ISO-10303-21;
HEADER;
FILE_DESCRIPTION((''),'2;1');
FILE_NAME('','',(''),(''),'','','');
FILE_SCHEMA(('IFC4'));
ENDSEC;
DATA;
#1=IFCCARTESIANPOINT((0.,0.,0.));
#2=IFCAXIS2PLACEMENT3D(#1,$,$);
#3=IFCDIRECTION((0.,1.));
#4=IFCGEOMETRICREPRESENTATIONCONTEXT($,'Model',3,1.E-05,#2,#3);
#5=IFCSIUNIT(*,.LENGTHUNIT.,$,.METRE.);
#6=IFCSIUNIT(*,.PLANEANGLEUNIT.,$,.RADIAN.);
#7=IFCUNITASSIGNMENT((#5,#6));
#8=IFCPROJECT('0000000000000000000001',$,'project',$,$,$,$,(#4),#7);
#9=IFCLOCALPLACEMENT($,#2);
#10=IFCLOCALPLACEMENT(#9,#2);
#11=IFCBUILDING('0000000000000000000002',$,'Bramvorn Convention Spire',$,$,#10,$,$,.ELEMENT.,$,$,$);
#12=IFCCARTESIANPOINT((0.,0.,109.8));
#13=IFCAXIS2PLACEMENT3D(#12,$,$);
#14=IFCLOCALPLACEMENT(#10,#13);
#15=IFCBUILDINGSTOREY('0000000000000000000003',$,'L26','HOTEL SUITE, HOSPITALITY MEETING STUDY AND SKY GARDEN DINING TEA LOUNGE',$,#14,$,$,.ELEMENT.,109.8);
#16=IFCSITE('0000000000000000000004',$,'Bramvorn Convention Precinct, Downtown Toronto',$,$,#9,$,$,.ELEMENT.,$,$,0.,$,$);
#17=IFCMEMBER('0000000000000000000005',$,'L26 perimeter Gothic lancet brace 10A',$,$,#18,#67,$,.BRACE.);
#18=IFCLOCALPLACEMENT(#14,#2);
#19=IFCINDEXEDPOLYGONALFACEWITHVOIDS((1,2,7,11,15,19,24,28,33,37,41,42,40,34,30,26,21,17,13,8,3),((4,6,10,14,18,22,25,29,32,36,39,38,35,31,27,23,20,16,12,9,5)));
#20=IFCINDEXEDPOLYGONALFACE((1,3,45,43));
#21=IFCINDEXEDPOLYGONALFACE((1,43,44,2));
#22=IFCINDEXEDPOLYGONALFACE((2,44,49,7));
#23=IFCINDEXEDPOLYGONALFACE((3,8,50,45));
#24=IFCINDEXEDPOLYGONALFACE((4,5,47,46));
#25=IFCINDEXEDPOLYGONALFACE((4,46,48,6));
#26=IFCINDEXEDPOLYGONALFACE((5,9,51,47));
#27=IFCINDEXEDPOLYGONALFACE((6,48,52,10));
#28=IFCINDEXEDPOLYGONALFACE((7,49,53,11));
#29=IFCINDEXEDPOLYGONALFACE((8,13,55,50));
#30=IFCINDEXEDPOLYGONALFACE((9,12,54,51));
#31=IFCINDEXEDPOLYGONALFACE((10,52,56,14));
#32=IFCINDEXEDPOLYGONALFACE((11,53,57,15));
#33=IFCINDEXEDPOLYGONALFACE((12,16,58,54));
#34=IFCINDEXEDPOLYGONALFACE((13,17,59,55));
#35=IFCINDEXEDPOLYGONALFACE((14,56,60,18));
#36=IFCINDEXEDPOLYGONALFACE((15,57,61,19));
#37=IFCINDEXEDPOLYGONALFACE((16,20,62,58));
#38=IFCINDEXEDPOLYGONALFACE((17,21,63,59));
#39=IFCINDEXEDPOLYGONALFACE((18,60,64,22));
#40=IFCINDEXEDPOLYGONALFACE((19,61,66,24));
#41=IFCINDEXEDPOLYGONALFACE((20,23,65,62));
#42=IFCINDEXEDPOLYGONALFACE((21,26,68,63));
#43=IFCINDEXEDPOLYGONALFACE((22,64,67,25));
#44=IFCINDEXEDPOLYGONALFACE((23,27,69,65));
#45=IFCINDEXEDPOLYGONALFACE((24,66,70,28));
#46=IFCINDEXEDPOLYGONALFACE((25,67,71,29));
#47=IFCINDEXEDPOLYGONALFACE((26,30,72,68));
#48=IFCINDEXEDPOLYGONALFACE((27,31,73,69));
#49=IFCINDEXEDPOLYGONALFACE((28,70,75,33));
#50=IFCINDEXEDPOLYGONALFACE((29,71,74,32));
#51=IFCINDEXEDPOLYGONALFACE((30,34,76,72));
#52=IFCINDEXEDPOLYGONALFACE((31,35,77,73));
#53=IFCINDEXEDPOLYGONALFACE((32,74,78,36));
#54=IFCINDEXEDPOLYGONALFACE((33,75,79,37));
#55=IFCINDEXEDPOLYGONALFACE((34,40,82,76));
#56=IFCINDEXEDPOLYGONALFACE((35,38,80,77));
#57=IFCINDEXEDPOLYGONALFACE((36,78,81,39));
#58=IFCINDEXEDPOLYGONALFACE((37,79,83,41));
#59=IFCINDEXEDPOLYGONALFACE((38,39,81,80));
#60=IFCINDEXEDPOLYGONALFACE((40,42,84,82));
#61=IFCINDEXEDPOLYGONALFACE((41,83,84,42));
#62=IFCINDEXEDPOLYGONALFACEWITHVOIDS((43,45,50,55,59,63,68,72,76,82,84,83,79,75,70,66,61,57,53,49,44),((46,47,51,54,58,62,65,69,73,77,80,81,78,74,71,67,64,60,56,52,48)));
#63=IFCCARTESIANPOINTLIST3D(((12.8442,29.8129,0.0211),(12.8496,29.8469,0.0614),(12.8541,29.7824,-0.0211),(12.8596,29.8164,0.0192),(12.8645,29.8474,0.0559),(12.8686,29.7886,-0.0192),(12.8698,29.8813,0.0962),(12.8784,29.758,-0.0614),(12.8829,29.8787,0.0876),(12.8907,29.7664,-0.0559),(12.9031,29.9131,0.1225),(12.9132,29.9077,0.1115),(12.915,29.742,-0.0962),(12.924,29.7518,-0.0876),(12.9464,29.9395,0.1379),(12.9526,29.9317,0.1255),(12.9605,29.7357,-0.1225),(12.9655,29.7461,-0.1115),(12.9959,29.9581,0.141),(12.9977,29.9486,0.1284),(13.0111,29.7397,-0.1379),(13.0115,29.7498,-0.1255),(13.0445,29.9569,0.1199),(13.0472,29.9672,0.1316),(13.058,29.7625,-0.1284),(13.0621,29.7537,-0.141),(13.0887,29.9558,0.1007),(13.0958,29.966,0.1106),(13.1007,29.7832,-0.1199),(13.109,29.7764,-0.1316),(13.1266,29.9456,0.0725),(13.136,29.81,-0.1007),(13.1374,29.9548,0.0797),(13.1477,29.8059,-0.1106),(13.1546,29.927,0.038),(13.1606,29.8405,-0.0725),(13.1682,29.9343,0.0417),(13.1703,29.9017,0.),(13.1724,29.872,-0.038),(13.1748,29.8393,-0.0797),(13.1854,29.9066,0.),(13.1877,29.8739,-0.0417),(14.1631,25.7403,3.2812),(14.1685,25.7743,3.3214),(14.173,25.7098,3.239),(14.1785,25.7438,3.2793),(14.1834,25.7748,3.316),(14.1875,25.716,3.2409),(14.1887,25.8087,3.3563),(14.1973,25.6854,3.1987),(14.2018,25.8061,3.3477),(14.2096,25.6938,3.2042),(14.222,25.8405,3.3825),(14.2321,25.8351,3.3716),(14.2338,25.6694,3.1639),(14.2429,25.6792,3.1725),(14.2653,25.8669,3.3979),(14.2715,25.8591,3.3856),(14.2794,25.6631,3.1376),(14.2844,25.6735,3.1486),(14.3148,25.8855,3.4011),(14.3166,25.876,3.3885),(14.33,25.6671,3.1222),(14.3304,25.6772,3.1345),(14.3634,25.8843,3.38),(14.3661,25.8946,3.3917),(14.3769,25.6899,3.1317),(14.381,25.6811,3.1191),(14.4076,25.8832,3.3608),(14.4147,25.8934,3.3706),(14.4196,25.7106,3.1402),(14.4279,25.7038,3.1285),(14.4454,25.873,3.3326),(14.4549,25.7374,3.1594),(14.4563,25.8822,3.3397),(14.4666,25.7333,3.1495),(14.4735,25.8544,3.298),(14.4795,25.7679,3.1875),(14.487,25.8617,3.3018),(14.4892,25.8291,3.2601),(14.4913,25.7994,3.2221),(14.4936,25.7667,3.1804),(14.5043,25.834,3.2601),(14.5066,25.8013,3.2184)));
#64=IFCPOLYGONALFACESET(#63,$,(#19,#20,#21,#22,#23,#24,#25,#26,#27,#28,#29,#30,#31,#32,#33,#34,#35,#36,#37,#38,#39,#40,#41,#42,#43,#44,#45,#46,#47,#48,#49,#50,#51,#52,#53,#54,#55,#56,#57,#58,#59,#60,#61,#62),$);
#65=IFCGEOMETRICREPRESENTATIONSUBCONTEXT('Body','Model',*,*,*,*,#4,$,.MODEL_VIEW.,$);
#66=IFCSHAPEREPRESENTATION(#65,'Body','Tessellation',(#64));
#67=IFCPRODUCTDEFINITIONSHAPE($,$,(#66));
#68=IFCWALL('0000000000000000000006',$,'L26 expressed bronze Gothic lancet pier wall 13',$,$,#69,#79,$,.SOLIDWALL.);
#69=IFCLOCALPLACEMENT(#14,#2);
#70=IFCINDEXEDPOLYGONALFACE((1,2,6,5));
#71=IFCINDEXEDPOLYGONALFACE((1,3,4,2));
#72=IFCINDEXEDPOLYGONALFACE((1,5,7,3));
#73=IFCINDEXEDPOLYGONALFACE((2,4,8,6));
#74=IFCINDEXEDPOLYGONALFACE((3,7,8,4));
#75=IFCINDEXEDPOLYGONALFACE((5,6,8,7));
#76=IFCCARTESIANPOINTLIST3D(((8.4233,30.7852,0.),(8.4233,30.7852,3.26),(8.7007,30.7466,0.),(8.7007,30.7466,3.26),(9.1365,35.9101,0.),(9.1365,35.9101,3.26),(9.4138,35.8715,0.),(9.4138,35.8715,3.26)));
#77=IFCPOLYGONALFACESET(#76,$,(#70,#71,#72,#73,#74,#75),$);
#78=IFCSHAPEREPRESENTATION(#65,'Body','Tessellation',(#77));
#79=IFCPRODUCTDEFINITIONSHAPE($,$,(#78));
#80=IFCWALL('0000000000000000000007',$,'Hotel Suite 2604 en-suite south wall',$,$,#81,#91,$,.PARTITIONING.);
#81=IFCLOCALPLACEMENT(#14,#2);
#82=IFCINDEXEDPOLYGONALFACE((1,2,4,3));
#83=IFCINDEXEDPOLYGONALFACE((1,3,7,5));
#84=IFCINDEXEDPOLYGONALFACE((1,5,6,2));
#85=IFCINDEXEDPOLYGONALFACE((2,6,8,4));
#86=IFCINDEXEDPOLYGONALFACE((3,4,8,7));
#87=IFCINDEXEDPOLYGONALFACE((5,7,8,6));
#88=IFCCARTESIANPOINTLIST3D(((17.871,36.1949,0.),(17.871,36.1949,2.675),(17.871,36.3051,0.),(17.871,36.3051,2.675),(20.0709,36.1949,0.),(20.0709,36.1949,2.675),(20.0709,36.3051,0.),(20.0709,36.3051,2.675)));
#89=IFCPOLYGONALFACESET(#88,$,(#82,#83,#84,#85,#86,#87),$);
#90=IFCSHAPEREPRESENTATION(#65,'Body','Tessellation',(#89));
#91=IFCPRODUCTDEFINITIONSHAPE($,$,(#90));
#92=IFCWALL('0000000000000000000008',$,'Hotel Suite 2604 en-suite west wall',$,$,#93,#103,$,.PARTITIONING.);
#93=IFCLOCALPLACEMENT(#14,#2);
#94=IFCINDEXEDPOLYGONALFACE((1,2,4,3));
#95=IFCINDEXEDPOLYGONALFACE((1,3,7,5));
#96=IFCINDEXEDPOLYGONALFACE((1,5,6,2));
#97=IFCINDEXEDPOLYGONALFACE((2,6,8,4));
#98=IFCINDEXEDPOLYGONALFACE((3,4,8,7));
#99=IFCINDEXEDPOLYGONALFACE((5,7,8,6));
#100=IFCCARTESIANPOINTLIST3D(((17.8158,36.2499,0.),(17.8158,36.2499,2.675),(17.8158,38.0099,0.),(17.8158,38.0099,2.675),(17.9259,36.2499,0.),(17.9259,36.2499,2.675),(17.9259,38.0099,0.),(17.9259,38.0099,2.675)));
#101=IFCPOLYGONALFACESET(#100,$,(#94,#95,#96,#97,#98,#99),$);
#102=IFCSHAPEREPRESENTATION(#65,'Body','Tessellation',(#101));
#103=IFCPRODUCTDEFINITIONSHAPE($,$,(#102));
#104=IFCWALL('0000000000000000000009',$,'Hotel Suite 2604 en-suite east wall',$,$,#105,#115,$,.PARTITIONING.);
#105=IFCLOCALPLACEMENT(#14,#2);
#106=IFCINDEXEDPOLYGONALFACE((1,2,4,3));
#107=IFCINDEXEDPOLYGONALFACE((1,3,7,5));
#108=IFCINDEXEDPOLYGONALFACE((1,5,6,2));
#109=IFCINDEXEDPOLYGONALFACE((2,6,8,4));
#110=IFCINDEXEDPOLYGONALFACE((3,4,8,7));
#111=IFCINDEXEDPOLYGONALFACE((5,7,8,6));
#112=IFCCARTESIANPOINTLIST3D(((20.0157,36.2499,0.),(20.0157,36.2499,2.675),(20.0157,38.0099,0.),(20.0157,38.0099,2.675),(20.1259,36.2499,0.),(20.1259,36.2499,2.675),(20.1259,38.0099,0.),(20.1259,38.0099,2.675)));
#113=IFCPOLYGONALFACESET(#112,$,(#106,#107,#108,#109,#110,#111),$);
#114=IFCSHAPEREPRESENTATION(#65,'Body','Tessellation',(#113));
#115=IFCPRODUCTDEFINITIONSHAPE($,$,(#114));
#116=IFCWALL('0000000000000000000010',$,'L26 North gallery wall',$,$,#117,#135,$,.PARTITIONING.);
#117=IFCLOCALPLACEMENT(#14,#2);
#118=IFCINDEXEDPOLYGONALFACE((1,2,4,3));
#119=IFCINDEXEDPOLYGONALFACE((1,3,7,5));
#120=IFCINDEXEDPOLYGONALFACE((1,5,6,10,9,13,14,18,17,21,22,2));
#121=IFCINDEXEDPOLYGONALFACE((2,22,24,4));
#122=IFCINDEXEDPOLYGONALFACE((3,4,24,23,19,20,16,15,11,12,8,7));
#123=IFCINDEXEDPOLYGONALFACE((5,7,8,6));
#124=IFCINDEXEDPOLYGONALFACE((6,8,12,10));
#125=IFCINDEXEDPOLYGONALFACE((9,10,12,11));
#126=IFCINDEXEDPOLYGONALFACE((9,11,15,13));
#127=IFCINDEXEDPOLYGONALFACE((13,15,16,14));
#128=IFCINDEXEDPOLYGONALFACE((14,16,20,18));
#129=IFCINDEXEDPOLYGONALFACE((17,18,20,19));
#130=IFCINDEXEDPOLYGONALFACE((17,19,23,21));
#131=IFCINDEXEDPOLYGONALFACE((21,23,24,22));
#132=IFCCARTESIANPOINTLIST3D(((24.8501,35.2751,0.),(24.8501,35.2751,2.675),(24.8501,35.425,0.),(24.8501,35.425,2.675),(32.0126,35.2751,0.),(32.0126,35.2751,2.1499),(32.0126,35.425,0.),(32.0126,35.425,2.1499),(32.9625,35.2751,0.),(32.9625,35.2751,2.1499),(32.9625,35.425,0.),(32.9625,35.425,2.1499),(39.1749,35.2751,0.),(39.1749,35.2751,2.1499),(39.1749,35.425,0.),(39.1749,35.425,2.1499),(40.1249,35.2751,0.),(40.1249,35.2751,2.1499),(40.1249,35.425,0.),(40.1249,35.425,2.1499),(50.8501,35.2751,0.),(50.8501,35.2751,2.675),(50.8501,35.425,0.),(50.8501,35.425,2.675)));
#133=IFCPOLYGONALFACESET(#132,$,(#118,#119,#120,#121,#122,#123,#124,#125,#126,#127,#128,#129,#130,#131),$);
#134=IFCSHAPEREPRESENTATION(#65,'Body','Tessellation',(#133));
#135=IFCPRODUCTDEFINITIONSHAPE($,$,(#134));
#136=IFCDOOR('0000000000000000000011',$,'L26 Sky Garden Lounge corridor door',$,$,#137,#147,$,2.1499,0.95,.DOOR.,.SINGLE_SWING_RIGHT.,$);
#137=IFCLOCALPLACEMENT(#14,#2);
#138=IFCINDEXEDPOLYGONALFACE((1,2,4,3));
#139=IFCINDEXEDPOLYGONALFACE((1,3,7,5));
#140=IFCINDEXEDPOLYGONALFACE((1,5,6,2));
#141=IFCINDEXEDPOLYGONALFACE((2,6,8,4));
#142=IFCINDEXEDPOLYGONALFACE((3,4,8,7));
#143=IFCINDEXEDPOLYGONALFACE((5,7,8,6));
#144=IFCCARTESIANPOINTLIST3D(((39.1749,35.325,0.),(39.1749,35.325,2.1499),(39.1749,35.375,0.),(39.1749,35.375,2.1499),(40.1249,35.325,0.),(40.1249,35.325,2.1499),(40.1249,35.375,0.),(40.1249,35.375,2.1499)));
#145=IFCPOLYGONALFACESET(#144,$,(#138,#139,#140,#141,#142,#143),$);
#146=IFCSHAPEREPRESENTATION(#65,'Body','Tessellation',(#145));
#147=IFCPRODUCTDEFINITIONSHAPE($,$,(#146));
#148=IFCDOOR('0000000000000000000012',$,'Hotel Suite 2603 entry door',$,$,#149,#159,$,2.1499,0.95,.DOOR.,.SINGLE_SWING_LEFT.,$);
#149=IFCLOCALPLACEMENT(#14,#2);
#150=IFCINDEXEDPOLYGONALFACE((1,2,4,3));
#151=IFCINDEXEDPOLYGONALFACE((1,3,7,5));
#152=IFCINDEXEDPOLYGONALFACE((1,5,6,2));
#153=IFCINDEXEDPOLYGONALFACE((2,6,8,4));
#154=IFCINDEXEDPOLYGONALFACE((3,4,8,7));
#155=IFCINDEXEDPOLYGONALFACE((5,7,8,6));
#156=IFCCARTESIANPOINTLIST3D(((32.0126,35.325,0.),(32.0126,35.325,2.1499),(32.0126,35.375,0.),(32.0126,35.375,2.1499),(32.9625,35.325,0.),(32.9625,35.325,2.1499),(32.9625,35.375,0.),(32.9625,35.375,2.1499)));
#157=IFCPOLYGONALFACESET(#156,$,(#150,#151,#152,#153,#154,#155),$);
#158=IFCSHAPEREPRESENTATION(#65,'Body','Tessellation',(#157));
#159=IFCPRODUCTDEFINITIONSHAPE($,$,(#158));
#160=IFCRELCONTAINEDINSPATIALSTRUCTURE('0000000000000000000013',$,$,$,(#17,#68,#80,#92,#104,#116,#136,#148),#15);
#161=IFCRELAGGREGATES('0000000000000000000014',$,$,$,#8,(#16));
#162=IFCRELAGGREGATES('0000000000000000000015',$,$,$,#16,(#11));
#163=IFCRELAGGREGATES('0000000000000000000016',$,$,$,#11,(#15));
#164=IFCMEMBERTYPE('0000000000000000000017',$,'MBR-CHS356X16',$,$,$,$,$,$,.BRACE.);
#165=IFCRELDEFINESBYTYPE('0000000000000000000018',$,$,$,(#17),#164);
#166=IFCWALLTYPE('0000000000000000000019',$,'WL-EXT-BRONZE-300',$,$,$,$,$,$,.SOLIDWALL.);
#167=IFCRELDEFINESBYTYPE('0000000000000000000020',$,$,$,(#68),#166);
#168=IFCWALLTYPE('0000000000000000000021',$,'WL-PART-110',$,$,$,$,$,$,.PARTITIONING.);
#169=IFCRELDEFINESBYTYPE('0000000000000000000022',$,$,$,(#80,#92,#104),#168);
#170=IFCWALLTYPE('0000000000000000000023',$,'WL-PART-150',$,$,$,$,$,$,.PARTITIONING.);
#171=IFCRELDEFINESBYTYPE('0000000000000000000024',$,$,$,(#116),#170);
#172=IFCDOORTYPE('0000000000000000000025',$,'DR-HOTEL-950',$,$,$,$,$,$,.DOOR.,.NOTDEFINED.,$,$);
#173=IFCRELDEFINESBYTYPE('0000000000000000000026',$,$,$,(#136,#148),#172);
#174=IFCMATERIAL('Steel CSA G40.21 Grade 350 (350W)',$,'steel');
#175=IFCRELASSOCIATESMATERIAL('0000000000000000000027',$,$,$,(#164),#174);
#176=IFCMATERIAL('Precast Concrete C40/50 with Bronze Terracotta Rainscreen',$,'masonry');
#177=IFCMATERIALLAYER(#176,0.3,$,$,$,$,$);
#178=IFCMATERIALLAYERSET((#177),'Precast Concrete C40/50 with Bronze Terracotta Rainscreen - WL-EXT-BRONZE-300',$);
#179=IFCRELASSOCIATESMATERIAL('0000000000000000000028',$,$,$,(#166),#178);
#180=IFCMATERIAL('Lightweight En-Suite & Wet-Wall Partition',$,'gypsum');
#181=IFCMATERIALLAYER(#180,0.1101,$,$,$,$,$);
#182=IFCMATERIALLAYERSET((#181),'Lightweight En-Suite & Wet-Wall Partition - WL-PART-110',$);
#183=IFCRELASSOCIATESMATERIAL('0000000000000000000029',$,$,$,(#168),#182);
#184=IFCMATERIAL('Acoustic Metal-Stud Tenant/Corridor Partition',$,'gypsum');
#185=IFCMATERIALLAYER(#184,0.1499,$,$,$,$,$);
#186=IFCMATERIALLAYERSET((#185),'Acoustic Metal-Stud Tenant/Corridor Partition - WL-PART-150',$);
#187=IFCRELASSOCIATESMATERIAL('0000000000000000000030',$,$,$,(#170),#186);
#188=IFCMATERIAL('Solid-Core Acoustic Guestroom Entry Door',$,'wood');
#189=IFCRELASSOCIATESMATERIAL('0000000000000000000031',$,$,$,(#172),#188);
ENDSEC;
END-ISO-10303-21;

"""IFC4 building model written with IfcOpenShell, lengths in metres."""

from ifc_helpers import new_model, si_unit, direction, frame, frame_2d, origin, origin_2d, place, context, subcontext, project, spatial, rectangle, hollow_circle, extrude, material, layer, layer_set, material_profile, profile_set, type_object, element, fill, save


model = new_model("IFC4")

# Units and contexts
model_context = context("Model", 3, precision=1e-05, world=origin(), true_north=direction((0.0, 1.0)))
body_context = subcontext(model_context, "Body", "Model", "MODEL_VIEW")
ifc_project = project(units=[si_unit("LENGTHUNIT", "METRE"), si_unit("PLANEANGLEUNIT", "RADIAN")], contexts=[model_context])

# Site, building, storey
site_placement = place(None, origin())
site = spatial("IfcSite", under=ifc_project, at=site_placement, Name="Bramvorn Convention Precinct, Downtown Toronto", CompositionType="ELEMENT", RefElevation=0.0)
building_placement = place(site_placement, origin())
building = spatial("IfcBuilding", under=site, at=building_placement, Name="Bramvorn Convention Spire", CompositionType="ELEMENT")
storey_placement = place(building_placement, frame((0.0, 0.0, 109.8)))
storey = spatial("IfcBuildingStorey", under=building, at=storey_placement, Name="L26", Description="HOTEL SUITE, HOSPITALITY MEETING STUDY AND SKY GARDEN DINING TEA LOUNGE", CompositionType="ELEMENT", Elevation=109.8)

# Shared definitions
ifc_material_1 = material(Name="Steel CSA G40.21 Grade 350 (350W)", Category="steel")

# Member
ifc_material_profile_1 = material_profile(ifc_material_1, hollow_circle(Radius=0.1777, WallThickness=0.0159, at=origin_2d()))
ifc_profile_set_1 = profile_set([ifc_material_profile_1], Name="Steel CSA G40.21 Grade 350 (350W) - CHS356X16")
member_type_1 = type_object("IfcMemberType", Name="MBR-CHS356X16", PredefinedType="BRACE", material=ifc_profile_set_1)
member_1_placement = place(storey_placement, frame((13.0164, 29.8518, 0.0), z_axis=(0.245105, -0.756868, 0.605866), x_axis=(0.951358, 0.308089, 0.0)))
element("IfcMember", 1, at=member_1_placement, inside=storey, type_object=member_type_1, Name="L26 perimeter Gothic lancet brace 10A", PredefinedType="BRACE", context=body_context, shape_type="SweptSolid", body=[
    extrude(hollow_circle(Radius=0.1777, WallThickness=0.0159, at=origin_2d()), origin(), (0.0, 0.0, 1.0), 5.3809),
])

# Walls
ifc_material_2 = material(Name="Precast Concrete C40/50 with Bronze Terracotta Rainscreen", Category="masonry")
ifc_layer_1 = layer(ifc_material_2, 0.3)
ifc_layer_set_1 = layer_set([ifc_layer_1], Name="Precast Concrete C40/50 with Bronze Terracotta Rainscreen - WL-EXT-BRONZE-300")
wall_type_1 = type_object("IfcWallType", Name="WL-EXT-BRONZE-300", PredefinedType="SOLIDWALL", material=ifc_layer_set_1)
wall_1_placement = place(storey_placement, frame((8.562, 30.7659, 0.0), z_axis=(0.0, 0.0, 1.0), x_axis=(0.13782, 0.990457, 0.0)))
element("IfcWall", 2, at=wall_1_placement, inside=storey, type_object=wall_type_1, Name="L26 expressed bronze Gothic lancet pier wall 13", PredefinedType="SOLIDWALL", context=body_context, shape_type="SweptSolid", body=[
    extrude(rectangle(XDim=5.1743, YDim=0.28, at=frame_2d((2.5872, 0.0))), origin(), (0.0, 0.0, 1.0), 3.26),
])
ifc_material_3 = material(Name="Lightweight En-Suite & Wet-Wall Partition", Category="gypsum")
ifc_layer_2 = layer(ifc_material_3, 0.1101)
ifc_layer_set_2 = layer_set([ifc_layer_2], Name="Lightweight En-Suite & Wet-Wall Partition - WL-PART-110")
wall_type_2 = type_object("IfcWallType", Name="WL-PART-110", PredefinedType="PARTITIONING", material=ifc_layer_set_2)
wall_2_placement = place(storey_placement, frame((17.8708, 36.25, 0.0), z_axis=(0.0, 0.0, 1.0), x_axis=(1.0, 0.0, 0.0)))
element("IfcWall", 3, at=wall_2_placement, inside=storey, type_object=wall_type_2, Name="Hotel Suite 2604 en-suite south wall", PredefinedType="PARTITIONING", context=body_context, shape_type="SweptSolid", body=[
    extrude(rectangle(XDim=2.2, YDim=0.1101, at=frame_2d((1.1001, 0.0))), origin(), (0.0, 0.0, 1.0), 2.675),
])
for number, where, z_axis, x_axis, name in (
    (4, (17.8708, 36.25, 0.0), (0.0, 0.0, 1.0), (0.0, 1.0, 0.0), "Hotel Suite 2604 en-suite west wall"),
    (5, (20.0708, 36.25, 0.0), (0.0, 0.0, 1.0), (0.0, 1.0, 0.0), "Hotel Suite 2604 en-suite east wall"),
):
    element("IfcWall", number, at=place(storey_placement, frame(where, z_axis=z_axis, x_axis=x_axis)), inside=storey, type_object=wall_type_2, Name=name, PredefinedType="PARTITIONING", context=body_context, shape_type="SweptSolid", body=[
        extrude(rectangle(XDim=1.76, YDim=0.1101, at=frame_2d((0.8799, 0.0))), origin(), (0.0, 0.0, 1.0), 2.675),
    ])

# Wall, openings, doors
ifc_material_4 = material(Name="Acoustic Metal-Stud Tenant/Corridor Partition", Category="gypsum")
ifc_layer_3 = layer(ifc_material_4, 0.1499)
ifc_layer_set_3 = layer_set([ifc_layer_3], Name="Acoustic Metal-Stud Tenant/Corridor Partition - WL-PART-150")
wall_type_3 = type_object("IfcWallType", Name="WL-PART-150", PredefinedType="PARTITIONING", material=ifc_layer_set_3)
wall_3_placement = place(storey_placement, frame((24.8501, 35.3501, 0.0), z_axis=(0.0, 0.0, 1.0), x_axis=(1.0, 0.0, 0.0)))
wall_3 = element("IfcWall", 6, at=wall_3_placement, inside=storey, type_object=wall_type_3, Name="L26 North gallery wall", PredefinedType="PARTITIONING", context=body_context, shape_type="SweptSolid", body=[
    extrude(rectangle(XDim=26.0, YDim=0.1499, at=frame_2d((13.0, 0.0))), origin(), (0.0, 0.0, 1.0), 2.675),
])
opening_1_placement = place(wall_3_placement, frame((14.3247, 0.0, 0.0)))
opening_1 = element("IfcOpeningElement", 7, at=opening_1_placement, cuts=wall_3, PredefinedType="OPENING", context=body_context, shape_type="SweptSolid", body=[
    extrude(rectangle(XDim=0.95, YDim=2.1499, at=frame_2d((0.4751, 1.075))), frame((0.0, 0.085, 0.0), z_axis=(0.0, -1.0, 0.0), x_axis=(1.0, 0.0, 0.0)), (0.0, 0.0, 1.0), 0.1699),
])
opening_2_placement = place(wall_3_placement, frame((7.1624, 0.0, 0.0)))
opening_2 = element("IfcOpeningElement", 8, at=opening_2_placement, cuts=wall_3, PredefinedType="OPENING", context=body_context, shape_type="SweptSolid", body=[
    extrude(rectangle(XDim=0.95, YDim=2.1499, at=frame_2d((0.4751, 1.075))), frame((0.0, 0.085, 0.0), z_axis=(0.0, -1.0, 0.0), x_axis=(1.0, 0.0, 0.0)), (0.0, 0.0, 1.0), 0.1699),
])
ifc_material_5 = material(Name="Solid-Core Acoustic Guestroom Entry Door", Category="wood")
door_type_1 = type_object("IfcDoorType", Name="DR-HOTEL-950", OperationType="NOTDEFINED", PredefinedType="DOOR", material=ifc_material_5)
door_1_placement = place(opening_1_placement, origin())
door_1 = element("IfcDoor", 9, at=door_1_placement, inside=storey, type_object=door_type_1, Name="L26 Sky Garden Lounge corridor door", OperationType="SINGLE_SWING_RIGHT", OverallHeight=2.1499, OverallWidth=0.95, PredefinedType="DOOR", context=body_context, shape_type="SweptSolid", body=[
    extrude(rectangle(XDim=0.95, YDim=2.1499, at=frame_2d((0.4751, 1.075))), frame((0.0, 0.0249, 0.0), z_axis=(0.0, -1.0, 0.0), x_axis=(1.0, 0.0, 0.0)), (0.0, 0.0, 1.0), 0.05),
])
fill(opening_1, door_1)
door_2_placement = place(opening_2_placement, origin())
door_2 = element("IfcDoor", 10, at=door_2_placement, inside=storey, type_object=door_type_1, Name="Hotel Suite 2603 entry door", OperationType="SINGLE_SWING_LEFT", OverallHeight=2.1499, OverallWidth=0.95, PredefinedType="DOOR", context=body_context, shape_type="SweptSolid", body=[
    extrude(rectangle(XDim=0.95, YDim=2.1499, at=frame_2d((0.4751, 1.075))), frame((0.0, 0.0249, 0.0), z_axis=(0.0, -1.0, 0.0), x_axis=(1.0, 0.0, 0.0)), (0.0, 0.0, 1.0), 0.05),
])
fill(opening_2, door_2)

save(model, "model.ifc")
